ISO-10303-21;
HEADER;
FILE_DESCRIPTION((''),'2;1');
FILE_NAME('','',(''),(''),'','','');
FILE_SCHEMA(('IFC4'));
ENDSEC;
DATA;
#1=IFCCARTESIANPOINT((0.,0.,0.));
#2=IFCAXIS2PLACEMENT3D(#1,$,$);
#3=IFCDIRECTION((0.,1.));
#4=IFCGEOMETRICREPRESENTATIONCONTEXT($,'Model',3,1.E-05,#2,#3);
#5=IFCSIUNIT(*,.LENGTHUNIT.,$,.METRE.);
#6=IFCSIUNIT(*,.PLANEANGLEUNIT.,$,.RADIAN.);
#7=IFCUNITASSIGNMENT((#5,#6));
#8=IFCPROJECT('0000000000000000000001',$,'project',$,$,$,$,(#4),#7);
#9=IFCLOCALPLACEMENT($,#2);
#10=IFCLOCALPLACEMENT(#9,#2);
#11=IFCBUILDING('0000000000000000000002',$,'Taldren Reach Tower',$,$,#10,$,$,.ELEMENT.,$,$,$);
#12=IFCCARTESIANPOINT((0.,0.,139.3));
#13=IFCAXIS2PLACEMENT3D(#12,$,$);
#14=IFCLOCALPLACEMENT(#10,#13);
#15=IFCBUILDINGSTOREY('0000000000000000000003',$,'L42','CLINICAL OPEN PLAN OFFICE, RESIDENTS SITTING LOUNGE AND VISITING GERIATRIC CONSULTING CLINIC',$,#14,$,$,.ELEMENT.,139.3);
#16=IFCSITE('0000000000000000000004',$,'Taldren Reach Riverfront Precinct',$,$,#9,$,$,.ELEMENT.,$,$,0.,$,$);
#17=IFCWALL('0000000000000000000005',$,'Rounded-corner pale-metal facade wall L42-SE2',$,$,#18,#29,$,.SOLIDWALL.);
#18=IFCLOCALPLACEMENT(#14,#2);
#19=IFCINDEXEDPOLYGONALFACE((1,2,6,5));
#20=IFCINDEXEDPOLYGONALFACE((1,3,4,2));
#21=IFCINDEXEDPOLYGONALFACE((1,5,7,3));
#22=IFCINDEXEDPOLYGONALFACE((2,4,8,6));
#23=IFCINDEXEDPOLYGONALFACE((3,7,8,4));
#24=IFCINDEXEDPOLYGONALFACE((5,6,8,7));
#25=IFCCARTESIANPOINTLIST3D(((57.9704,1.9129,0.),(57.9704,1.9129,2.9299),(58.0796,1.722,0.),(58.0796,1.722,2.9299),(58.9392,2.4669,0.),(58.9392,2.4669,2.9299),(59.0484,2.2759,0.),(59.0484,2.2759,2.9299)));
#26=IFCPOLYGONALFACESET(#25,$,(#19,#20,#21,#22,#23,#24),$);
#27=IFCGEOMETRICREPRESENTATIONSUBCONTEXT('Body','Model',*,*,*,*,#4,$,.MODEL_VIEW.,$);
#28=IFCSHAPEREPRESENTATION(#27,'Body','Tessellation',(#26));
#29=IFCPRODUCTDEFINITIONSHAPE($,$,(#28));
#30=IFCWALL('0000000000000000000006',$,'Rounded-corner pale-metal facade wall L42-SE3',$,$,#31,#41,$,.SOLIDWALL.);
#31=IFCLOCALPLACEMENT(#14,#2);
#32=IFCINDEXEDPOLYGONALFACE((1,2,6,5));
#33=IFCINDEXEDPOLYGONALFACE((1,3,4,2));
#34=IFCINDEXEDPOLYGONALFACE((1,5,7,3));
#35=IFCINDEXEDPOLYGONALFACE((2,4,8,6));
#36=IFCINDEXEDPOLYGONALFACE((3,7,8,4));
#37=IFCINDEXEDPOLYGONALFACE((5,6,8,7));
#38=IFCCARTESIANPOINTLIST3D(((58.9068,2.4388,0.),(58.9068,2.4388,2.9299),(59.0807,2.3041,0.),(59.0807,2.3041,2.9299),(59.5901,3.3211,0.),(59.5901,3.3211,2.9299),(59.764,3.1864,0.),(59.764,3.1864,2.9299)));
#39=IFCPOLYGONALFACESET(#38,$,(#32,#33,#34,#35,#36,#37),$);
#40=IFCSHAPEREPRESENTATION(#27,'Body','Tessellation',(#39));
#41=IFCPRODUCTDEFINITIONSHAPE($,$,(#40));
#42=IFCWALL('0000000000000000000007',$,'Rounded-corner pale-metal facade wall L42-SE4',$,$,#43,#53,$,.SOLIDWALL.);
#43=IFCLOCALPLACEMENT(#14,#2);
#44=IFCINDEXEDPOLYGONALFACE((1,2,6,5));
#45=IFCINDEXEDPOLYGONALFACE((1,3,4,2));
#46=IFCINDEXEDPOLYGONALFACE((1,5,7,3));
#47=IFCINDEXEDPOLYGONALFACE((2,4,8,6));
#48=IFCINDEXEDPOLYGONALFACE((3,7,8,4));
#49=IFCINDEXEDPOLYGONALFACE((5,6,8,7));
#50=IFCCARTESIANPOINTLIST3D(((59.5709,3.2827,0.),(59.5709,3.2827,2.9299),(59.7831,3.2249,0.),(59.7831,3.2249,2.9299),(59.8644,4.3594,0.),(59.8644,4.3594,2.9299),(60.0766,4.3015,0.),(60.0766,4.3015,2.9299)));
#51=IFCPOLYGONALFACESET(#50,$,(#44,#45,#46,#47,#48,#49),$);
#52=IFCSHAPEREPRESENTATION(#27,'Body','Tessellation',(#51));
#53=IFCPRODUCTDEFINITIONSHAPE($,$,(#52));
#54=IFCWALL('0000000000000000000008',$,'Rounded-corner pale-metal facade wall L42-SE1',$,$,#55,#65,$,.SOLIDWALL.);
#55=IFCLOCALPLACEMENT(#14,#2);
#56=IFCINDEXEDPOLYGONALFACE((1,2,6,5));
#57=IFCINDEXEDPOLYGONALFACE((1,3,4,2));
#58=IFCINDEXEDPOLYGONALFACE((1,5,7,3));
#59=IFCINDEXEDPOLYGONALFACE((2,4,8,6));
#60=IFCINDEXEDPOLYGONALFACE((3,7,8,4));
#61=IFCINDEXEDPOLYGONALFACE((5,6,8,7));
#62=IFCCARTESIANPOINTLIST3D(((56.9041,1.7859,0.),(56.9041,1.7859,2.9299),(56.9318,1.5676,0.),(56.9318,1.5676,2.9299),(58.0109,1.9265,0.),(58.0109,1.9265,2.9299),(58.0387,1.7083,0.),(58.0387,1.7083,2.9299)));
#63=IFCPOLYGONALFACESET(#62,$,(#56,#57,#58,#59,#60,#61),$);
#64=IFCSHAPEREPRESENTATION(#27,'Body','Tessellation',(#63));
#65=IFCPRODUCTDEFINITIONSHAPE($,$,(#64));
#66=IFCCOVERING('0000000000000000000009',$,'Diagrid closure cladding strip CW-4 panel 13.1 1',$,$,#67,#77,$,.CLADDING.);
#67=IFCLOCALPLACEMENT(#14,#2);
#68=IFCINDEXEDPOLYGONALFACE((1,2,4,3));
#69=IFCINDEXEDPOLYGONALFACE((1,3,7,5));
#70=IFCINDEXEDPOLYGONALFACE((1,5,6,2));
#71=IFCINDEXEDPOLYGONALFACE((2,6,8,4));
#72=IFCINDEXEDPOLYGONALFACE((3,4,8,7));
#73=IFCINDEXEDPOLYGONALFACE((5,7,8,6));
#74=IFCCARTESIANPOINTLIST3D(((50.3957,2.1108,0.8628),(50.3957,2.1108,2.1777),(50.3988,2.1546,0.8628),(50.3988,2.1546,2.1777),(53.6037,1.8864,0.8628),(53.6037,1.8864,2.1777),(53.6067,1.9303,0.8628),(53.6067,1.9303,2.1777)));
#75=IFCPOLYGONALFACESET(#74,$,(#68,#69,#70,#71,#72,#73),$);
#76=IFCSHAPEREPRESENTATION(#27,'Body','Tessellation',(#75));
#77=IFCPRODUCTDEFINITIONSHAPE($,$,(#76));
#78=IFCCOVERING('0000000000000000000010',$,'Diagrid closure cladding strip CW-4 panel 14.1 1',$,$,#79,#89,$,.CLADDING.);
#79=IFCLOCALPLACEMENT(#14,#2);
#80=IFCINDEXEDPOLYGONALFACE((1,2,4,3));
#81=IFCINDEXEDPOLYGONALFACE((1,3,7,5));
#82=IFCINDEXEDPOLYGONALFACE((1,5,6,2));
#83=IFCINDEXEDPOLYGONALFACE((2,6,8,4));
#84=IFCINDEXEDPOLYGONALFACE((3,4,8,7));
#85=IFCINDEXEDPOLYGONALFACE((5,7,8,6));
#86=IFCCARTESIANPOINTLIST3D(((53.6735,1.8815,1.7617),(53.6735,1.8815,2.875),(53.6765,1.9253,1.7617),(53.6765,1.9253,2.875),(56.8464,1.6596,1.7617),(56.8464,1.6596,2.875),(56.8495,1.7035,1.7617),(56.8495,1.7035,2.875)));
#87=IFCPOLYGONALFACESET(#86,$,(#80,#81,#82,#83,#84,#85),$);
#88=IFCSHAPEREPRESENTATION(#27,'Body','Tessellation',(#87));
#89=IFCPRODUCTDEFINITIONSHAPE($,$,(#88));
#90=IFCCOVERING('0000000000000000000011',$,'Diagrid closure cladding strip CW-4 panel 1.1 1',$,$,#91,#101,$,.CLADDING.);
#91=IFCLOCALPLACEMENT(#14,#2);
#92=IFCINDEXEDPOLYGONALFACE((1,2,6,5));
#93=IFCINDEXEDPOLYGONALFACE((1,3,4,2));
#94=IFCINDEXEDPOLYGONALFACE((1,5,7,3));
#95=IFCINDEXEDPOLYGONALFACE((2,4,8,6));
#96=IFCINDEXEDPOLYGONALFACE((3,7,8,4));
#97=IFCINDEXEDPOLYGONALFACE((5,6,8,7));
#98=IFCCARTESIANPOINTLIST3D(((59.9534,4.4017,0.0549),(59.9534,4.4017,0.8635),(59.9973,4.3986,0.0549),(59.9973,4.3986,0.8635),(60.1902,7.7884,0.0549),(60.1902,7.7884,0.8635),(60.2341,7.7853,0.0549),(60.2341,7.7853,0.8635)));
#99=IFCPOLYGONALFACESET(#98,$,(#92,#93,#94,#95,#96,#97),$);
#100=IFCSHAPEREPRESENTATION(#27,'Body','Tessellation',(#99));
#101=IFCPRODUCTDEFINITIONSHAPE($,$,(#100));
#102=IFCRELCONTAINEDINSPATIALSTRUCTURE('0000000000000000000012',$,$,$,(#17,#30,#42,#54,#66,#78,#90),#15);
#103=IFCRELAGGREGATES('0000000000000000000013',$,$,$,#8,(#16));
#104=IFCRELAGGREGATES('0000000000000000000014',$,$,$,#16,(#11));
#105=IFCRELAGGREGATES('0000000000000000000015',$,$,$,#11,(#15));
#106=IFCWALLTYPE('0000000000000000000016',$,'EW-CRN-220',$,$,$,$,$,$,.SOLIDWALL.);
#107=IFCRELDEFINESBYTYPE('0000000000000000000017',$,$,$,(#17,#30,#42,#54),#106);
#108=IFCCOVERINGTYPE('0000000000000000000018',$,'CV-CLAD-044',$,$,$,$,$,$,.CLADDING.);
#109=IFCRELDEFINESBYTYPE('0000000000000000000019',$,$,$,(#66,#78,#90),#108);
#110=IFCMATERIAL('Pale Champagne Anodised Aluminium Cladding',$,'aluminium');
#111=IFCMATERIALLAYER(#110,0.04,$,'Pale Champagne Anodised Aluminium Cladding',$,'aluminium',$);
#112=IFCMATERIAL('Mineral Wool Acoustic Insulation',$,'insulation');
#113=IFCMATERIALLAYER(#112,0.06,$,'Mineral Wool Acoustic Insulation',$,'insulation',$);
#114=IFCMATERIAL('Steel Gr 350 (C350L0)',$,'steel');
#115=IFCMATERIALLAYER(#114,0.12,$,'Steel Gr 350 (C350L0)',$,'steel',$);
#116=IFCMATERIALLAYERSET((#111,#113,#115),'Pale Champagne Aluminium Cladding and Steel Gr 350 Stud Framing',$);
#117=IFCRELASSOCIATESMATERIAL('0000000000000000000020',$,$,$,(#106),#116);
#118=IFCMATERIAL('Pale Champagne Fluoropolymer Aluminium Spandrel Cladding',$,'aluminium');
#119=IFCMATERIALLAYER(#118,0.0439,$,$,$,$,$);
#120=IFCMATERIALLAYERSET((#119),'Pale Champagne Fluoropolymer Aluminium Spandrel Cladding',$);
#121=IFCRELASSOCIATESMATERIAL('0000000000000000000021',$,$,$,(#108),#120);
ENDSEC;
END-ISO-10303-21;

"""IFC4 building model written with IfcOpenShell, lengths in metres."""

from ifc_helpers import new_model, si_unit, direction, frame, frame_2d, origin, origin_2d, place, context, subcontext, project, spatial, rectangle, extrude, source, transform, mapped, material, layer, layer_set, type_object, element, save


model = new_model("IFC4")

# Units and contexts
model_context = context("Model", 3, precision=1e-05, world=origin(), true_north=direction((0.0, 1.0)))
body_context = subcontext(model_context, "Body", "Model", "MODEL_VIEW")
ifc_project = project(units=[si_unit("LENGTHUNIT", "METRE"), si_unit("PLANEANGLEUNIT", "RADIAN")], contexts=[model_context])

# Site, building, storey
site_placement = place(None, origin())
site = spatial("IfcSite", under=ifc_project, at=site_placement, Name="Taldren Reach Riverfront Precinct", CompositionType="ELEMENT", RefElevation=0.0)
building_placement = place(site_placement, origin())
building = spatial("IfcBuilding", under=site, at=building_placement, Name="Taldren Reach Tower", CompositionType="ELEMENT")
storey_placement = place(building_placement, frame((0.0, 0.0, 139.3)))
storey = spatial("IfcBuildingStorey", under=building, at=storey_placement, Name="L42", Description="CLINICAL OPEN PLAN OFFICE, RESIDENTS SITTING LOUNGE AND VISITING GERIATRIC CONSULTING CLINIC", CompositionType="ELEMENT", Elevation=139.3)

# Shared definitions
ifc_material_1 = material(Name="Steel Gr 350 (C350L0)", Category="steel")

# Walls
ifc_material_2 = material(Name="Pale Champagne Anodised Aluminium Cladding", Category="aluminium")
ifc_layer_1 = layer(ifc_material_2, 0.04, Name="Pale Champagne Anodised Aluminium Cladding", Category="aluminium")
ifc_material_3 = material(Name="Mineral Wool Acoustic Insulation", Category="insulation")
ifc_layer_2 = layer(ifc_material_3, 0.06, Name="Mineral Wool Acoustic Insulation", Category="insulation")
ifc_layer_3 = layer(ifc_material_1, 0.12, Name="Steel Gr 350 (C350L0)", Category="steel")
ifc_layer_set_1 = layer_set([ifc_layer_1, ifc_layer_2, ifc_layer_3], Name="Pale Champagne Aluminium Cladding and Steel Gr 350 Stud Framing")
wall_type = type_object("IfcWallType", Name="EW-CRN-220", PredefinedType="SOLIDWALL", material=ifc_layer_set_1)
shared_shape_1 = source(origin(), body_context, "Body", "SweptSolid", [
    extrude(rectangle(XDim=1.116, YDim=0.22, at=frame_2d((0.5581, 0.0))), origin(), (0.0, 0.0, 1.0), 2.9299),
])
for number, where, z_axis, x_axis, name in (
    (1, (58.0249, 1.8174, 0.0), (0.0, 0.0, 1.0), (0.868095, 0.496398, 0.0), "Rounded-corner pale-metal facade wall L42-SE2"),
    (2, (58.9937, 2.3713, 0.0), (0.0, 0.0, 1.0), (0.612319, 0.790611, 0.0), "Rounded-corner pale-metal facade wall L42-SE3"),
    (3, (59.677, 3.2537, 0.0), (0.0, 0.0, 1.0), (0.262969, 0.964804, 0.0), "Rounded-corner pale-metal facade wall L42-SE4"),
):
    element("IfcWall", number, at=place(storey_placement, frame(where, z_axis=z_axis, x_axis=x_axis)), inside=storey, type_object=wall_type, Name=name, PredefinedType="SOLIDWALL", context=body_context, shape_type="MappedRepresentation", body=[
        mapped(shared_shape_1, transform((0.0, 0.0, 0.0), scale=1.0)),
    ])
shared_shape_2 = source(origin(), body_context, "Body", "SweptSolid", [
    extrude(rectangle(XDim=1.1157, YDim=0.22, at=frame_2d((0.5579, 0.0))), origin(), (0.0, 0.0, 1.0), 2.9299),
])
wall_placement = place(storey_placement, frame((56.918, 1.6768, 0.0), z_axis=(0.0, 0.0, 1.0), x_axis=(0.992027, 0.126027, 0.0)))
element("IfcWall", 4, at=wall_placement, inside=storey, type_object=wall_type, Name="Rounded-corner pale-metal facade wall L42-SE1", PredefinedType="SOLIDWALL", context=body_context, shape_type="MappedRepresentation", body=[
    mapped(shared_shape_2, transform((0.0, 0.0, 0.0), scale=1.0)),
])

# Coverings
ifc_material_4 = material(Name="Pale Champagne Fluoropolymer Aluminium Spandrel Cladding", Category="aluminium")
ifc_layer_4 = layer(ifc_material_4, 0.0439)
ifc_layer_set_2 = layer_set([ifc_layer_4], Name="Pale Champagne Fluoropolymer Aluminium Spandrel Cladding")
covering_type = type_object("IfcCoveringType", Name="CV-CLAD-044", PredefinedType="CLADDING", material=ifc_layer_set_2)
shared_shape_3 = source(origin(), body_context, "Body", "SweptSolid", [
    extrude(rectangle(XDim=3.2158, YDim=0.0439, at=origin_2d()), origin(), (0.0, 0.0, 1.0), 1.3149),
])
covering_1_placement = place(storey_placement, frame((52.0012, 2.0205, 0.8628), z_axis=(0.0, 0.0, 1.0), x_axis=(0.997564, -0.069757, 0.0)))
element("IfcCovering", 5, at=covering_1_placement, inside=storey, type_object=covering_type, Name="Diagrid closure cladding strip CW-4 panel 13.1 1", PredefinedType="CLADDING", context=body_context, shape_type="MappedRepresentation", body=[
    mapped(shared_shape_3, transform((0.0, 0.0, 0.0), scale=1.0)),
])
shared_shape_4 = source(origin(), body_context, "Body", "SweptSolid", [
    extrude(rectangle(XDim=3.1807, YDim=0.0439, at=origin_2d()), origin(), (0.0, 0.0, 1.0), 1.1133),
])
covering_2_placement = place(storey_placement, frame((55.2615, 1.7925, 1.7617), z_axis=(0.0, 0.0, 1.0), x_axis=(0.997564, -0.069757, 0.0)))
element("IfcCovering", 6, at=covering_2_placement, inside=storey, type_object=covering_type, Name="Diagrid closure cladding strip CW-4 panel 14.1 1", PredefinedType="CLADDING", context=body_context, shape_type="MappedRepresentation", body=[
    mapped(shared_shape_4, transform((0.0, 0.0, 0.0), scale=1.0)),
])
shared_shape_5 = source(origin(), body_context, "Body", "SweptSolid", [
    extrude(rectangle(XDim=3.395, YDim=0.0439, at=origin_2d()), origin(), (0.0, 0.0, 1.0), 0.8086),
])
covering_3_placement = place(storey_placement, frame((60.0938, 6.0935, 0.0549), z_axis=(0.0, 0.0, 1.0), x_axis=(0.069756, 0.997564, 0.0)))
element("IfcCovering", 7, at=covering_3_placement, inside=storey, type_object=covering_type, Name="Diagrid closure cladding strip CW-4 panel 1.1 1", PredefinedType="CLADDING", context=body_context, shape_type="MappedRepresentation", body=[
    mapped(shared_shape_5, transform((0.0, 0.0, 0.0), scale=1.0)),
])

save(model, "model.ifc")
